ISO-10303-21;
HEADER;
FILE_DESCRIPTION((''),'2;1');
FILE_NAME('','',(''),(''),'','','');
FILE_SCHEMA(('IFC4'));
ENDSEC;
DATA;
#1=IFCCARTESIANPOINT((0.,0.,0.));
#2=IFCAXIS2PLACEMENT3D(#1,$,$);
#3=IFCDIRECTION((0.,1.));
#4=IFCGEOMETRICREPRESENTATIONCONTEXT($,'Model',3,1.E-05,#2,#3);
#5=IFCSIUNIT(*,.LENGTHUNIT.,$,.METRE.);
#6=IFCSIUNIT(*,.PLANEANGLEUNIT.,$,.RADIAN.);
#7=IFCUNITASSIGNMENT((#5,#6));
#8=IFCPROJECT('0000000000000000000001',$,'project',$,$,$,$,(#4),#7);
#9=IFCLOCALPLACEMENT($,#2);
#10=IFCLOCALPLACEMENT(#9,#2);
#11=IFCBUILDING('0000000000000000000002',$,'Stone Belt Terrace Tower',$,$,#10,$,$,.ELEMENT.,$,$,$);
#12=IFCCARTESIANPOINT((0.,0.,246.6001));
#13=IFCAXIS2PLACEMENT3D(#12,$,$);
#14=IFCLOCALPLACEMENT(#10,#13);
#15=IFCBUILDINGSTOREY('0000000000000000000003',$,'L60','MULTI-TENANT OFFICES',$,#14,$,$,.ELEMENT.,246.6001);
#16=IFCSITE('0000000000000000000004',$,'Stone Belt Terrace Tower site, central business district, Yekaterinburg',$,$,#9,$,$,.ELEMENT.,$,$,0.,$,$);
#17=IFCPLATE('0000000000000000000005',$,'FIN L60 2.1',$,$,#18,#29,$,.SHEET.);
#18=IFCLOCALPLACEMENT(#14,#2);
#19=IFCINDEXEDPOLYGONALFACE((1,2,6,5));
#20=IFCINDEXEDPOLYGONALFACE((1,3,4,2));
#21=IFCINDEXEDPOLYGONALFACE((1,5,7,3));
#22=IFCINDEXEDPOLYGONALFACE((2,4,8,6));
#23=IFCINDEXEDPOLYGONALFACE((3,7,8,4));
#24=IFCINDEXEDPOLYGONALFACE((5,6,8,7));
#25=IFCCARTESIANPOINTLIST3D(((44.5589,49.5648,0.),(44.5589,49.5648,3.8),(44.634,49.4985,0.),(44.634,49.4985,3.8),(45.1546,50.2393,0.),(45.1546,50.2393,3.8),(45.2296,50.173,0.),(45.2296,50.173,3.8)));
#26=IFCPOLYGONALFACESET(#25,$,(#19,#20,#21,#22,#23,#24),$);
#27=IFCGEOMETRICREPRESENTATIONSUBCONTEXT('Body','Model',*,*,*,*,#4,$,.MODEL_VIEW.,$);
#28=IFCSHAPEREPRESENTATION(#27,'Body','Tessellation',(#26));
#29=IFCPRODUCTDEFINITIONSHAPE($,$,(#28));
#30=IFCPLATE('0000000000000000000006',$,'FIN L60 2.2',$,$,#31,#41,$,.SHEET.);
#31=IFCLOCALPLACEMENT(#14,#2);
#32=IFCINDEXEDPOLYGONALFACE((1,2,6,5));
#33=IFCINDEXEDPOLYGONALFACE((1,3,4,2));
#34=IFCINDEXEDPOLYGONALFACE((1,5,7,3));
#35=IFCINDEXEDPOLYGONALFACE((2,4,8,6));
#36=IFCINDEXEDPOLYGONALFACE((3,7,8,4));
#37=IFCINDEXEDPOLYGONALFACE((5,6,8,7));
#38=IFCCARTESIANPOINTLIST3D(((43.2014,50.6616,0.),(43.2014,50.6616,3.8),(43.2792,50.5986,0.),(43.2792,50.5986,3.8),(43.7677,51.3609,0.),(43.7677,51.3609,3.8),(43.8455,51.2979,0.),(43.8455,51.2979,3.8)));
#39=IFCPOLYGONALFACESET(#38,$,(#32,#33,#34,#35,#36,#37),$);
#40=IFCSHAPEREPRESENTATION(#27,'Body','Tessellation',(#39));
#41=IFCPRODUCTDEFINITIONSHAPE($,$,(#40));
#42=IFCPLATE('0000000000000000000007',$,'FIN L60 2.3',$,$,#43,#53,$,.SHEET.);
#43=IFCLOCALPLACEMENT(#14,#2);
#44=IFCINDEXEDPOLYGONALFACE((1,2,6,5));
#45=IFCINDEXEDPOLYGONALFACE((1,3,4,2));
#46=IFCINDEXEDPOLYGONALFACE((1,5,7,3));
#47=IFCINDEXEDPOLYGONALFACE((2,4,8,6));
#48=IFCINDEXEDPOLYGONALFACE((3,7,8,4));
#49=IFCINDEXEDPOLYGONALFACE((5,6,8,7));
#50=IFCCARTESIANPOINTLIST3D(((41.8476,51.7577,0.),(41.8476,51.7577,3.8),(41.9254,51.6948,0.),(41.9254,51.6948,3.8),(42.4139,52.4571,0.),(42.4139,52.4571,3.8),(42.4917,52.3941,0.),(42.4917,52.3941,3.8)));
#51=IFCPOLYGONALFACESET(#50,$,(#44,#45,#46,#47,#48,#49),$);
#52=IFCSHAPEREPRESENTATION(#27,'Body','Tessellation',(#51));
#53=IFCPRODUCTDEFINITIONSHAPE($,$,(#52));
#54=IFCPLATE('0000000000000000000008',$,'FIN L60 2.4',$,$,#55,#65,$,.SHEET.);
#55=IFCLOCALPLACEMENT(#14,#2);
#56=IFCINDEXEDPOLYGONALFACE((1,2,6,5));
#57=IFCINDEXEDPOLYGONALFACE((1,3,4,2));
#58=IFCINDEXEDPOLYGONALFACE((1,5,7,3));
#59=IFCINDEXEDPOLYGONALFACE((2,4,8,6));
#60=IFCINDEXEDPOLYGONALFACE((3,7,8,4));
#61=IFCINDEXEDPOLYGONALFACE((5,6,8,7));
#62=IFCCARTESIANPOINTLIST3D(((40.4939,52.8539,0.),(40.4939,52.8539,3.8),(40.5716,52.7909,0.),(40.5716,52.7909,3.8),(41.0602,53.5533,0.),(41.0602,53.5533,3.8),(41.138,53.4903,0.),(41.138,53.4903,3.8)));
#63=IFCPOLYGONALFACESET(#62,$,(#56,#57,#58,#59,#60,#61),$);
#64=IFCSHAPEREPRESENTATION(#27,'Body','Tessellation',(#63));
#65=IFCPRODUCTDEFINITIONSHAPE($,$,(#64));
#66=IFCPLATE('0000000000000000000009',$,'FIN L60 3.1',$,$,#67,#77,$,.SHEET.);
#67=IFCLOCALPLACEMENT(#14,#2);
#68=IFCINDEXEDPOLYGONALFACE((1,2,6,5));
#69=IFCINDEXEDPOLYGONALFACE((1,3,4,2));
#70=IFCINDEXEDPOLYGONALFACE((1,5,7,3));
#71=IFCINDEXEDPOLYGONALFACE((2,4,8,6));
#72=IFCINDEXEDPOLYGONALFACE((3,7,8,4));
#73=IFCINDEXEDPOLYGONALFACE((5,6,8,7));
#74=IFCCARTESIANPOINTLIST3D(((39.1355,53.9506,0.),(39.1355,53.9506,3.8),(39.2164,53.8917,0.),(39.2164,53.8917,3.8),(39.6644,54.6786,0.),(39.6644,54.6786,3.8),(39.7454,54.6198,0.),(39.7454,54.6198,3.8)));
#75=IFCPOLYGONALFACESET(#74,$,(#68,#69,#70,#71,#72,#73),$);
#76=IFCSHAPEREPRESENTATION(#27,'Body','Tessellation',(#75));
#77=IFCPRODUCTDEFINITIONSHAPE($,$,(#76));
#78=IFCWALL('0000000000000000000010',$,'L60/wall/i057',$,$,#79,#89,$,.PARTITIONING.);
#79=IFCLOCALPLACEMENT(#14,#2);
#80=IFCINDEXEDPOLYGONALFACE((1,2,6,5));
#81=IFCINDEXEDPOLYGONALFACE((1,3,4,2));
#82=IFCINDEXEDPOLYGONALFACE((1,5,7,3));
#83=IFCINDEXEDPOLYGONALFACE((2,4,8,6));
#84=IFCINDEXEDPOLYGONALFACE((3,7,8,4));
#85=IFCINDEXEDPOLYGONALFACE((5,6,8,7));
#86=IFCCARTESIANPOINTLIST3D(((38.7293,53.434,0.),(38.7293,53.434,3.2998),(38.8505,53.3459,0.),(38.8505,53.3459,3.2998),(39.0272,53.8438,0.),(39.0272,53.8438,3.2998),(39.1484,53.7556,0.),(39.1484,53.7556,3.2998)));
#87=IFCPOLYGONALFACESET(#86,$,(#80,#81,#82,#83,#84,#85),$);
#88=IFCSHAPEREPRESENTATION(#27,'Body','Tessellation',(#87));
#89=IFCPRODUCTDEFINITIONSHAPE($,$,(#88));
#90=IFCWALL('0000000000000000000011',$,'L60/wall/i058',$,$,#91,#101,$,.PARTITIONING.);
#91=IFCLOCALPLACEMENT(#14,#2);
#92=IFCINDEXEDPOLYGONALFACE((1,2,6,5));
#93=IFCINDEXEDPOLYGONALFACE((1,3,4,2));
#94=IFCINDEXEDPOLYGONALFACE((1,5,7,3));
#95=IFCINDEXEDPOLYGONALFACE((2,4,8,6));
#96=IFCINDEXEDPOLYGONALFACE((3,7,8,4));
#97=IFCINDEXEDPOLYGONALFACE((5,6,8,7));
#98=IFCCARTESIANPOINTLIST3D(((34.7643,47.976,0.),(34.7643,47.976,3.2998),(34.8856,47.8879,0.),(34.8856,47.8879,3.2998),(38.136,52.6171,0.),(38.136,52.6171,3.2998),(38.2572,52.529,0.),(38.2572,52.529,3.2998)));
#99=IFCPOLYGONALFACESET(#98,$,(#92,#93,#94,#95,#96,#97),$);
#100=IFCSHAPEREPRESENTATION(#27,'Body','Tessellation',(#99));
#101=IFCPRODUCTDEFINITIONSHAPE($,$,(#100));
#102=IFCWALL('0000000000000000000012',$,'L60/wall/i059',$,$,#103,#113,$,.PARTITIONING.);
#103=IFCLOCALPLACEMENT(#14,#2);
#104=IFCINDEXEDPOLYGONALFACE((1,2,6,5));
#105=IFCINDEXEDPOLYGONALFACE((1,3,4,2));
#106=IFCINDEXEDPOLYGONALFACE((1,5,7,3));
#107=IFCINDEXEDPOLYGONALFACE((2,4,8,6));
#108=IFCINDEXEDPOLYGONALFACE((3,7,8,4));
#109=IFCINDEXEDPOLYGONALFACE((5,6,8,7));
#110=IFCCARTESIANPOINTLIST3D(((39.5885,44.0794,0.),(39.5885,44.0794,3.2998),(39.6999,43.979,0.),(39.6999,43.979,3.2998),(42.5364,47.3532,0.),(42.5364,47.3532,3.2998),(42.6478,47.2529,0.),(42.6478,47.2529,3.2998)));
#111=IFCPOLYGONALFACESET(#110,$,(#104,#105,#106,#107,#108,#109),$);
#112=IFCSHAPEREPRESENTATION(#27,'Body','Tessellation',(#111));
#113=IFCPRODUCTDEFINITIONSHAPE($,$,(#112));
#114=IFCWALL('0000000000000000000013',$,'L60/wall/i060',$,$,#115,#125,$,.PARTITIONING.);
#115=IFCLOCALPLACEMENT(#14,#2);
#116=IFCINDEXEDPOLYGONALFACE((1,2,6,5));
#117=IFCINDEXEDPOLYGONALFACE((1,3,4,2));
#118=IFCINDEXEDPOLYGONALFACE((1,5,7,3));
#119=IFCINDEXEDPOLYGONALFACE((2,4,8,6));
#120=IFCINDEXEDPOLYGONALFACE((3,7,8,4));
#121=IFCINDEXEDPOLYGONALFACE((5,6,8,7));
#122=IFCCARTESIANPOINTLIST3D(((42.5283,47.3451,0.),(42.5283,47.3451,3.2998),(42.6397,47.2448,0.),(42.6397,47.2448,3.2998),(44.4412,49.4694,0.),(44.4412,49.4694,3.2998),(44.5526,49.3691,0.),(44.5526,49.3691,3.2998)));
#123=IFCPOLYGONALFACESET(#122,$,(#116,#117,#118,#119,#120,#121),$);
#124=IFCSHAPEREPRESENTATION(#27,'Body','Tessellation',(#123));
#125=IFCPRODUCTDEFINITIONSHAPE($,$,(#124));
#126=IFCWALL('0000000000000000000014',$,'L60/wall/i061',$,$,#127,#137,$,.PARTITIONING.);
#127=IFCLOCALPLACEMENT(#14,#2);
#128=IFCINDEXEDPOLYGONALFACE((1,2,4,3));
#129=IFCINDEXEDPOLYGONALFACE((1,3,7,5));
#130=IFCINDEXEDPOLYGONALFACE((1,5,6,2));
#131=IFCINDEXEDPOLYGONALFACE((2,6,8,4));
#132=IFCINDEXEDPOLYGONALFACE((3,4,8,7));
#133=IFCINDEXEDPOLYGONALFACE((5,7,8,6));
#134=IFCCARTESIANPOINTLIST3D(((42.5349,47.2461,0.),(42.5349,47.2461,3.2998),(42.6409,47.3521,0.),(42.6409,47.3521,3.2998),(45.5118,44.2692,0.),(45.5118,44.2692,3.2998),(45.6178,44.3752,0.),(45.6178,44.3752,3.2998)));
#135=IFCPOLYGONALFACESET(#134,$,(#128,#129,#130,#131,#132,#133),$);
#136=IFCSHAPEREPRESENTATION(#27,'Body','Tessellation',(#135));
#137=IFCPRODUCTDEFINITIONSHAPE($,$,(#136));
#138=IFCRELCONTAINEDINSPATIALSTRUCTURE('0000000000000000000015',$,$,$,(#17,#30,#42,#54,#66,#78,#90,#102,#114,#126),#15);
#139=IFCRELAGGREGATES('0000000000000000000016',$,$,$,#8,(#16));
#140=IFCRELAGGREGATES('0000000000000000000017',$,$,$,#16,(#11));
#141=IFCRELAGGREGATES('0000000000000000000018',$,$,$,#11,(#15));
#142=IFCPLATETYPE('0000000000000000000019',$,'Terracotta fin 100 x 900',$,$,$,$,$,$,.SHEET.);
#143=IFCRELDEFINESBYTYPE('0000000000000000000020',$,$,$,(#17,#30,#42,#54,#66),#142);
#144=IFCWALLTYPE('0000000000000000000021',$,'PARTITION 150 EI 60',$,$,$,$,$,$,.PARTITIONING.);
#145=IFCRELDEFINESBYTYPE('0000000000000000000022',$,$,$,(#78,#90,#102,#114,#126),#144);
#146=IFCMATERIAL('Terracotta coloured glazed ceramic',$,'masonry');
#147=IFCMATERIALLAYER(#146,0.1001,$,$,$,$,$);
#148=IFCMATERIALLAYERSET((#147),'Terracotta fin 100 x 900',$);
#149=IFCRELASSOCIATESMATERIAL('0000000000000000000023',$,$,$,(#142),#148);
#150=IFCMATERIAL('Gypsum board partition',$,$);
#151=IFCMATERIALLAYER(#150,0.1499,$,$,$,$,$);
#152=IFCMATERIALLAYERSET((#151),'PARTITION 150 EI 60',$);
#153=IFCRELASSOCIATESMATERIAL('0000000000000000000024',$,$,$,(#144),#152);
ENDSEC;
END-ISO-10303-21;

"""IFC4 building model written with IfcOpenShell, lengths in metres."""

from ifc_helpers import new_model, si_unit, direction, frame, frame_2d, origin, origin_2d, place, context, subcontext, project, spatial, rectangle, extrude, material, layer, layer_set, type_object, element, save


model = new_model("IFC4")

# Units and contexts
model_context = context("Model", 3, precision=1e-05, world=origin(), true_north=direction((0.0, 1.0)))
body_context = subcontext(model_context, "Body", "Model", "MODEL_VIEW")
ifc_project = project(units=[si_unit("LENGTHUNIT", "METRE"), si_unit("PLANEANGLEUNIT", "RADIAN")], contexts=[model_context])

# Site, building, storey
site_placement = place(None, origin())
site = spatial("IfcSite", under=ifc_project, at=site_placement, Name="Stone Belt Terrace Tower site, central business district, Yekaterinburg", CompositionType="ELEMENT", RefElevation=0.0)
building_placement = place(site_placement, origin())
building = spatial("IfcBuilding", under=site, at=building_placement, Name="Stone Belt Terrace Tower", CompositionType="ELEMENT")
storey_placement = place(building_placement, frame((0.0, 0.0, 246.6001)))
storey = spatial("IfcBuildingStorey", under=building, at=storey_placement, Name="L60", Description="MULTI-TENANT OFFICES", CompositionType="ELEMENT", Elevation=246.6001)

# Plates
ifc_material_1 = material(Name="Terracotta coloured glazed ceramic", Category="masonry")
ifc_layer_1 = layer(ifc_material_1, 0.1001)
ifc_layer_set_1 = layer_set([ifc_layer_1], Name="Terracotta fin 100 x 900")
plate_type_1 = type_object("IfcPlateType", Name="Terracotta fin 100 x 900", PredefinedType="SHEET", material=ifc_layer_set_1)
for number, where, z_axis, x_axis, name in (
    (1, (44.8943, 49.8689, 0.0), (0.0, 0.0, 1.0), (0.661937, 0.749559, 0.0), "FIN L60 2.1"),
    (2, (43.5234, 50.9797, 0.0), (0.0, 0.0, 1.0), (0.62932, 0.777146, 0.0), "FIN L60 2.2"),
    (3, (42.1697, 52.0759, 0.0), (0.0, 0.0, 1.0), (0.62932, 0.777146, 0.0), "FIN L60 2.3"),
    (4, (40.8159, 53.1721, 0.0), (0.0, 0.0, 1.0), (0.62932, 0.777146, 0.0), "FIN L60 2.4"),
    (5, (39.4404, 54.2852, 0.0), (0.0, 0.0, 1.0), (0.587785, 0.809017, 0.0), "FIN L60 3.1"),
):
    element("IfcPlate", number, at=place(storey_placement, frame(where, z_axis=z_axis, x_axis=x_axis)), inside=storey, type_object=plate_type_1, Name=name, PredefinedType="SHEET", context=body_context, shape_type="SweptSolid", body=[
        extrude(rectangle(XDim=0.8999, YDim=0.1001, at=origin_2d()), origin(), (0.0, 0.0, 1.0), 3.8),
    ])

# Walls
ifc_material_2 = material(Name="Gypsum board partition")
ifc_layer_2 = layer(ifc_material_2, 0.1499)
ifc_layer_set_2 = layer_set([ifc_layer_2], Name="PARTITION 150 EI 60")
wall_type = type_object("IfcWallType", Name="PARTITION 150 EI 60", PredefinedType="PARTITIONING", material=ifc_layer_set_2)
wall_1_placement = place(storey_placement, frame((39.0879, 53.7998, 0.0), z_axis=(0.0, 0.0, 1.0), x_axis=(-0.588057, -0.808819, 0.0)))
element("IfcWall", 6, at=wall_1_placement, inside=storey, type_object=wall_type, Name="L60/wall/i057", PredefinedType="PARTITIONING", context=body_context, shape_type="SweptSolid", body=[
    extrude(rectangle(XDim=0.5066, YDim=0.1499, at=frame_2d((0.2534, 0.0))), origin(), (0.0, 0.0, 1.0), 3.2998),
])
wall_2_placement = place(storey_placement, frame((38.1965, 52.573, 0.0), z_axis=(0.0, 0.0, 1.0), x_axis=(-0.587741, -0.809049, 0.0)))
element("IfcWall", 7, at=wall_2_placement, inside=storey, type_object=wall_type, Name="L60/wall/i058", PredefinedType="PARTITIONING", context=body_context, shape_type="SweptSolid", body=[
    extrude(rectangle(XDim=5.7366, YDim=0.1499, at=frame_2d((2.8682, 0.0))), origin(), (0.0, 0.0, 1.0), 3.2998),
])
wall_3_placement = place(storey_placement, frame((42.592, 47.303, 0.0), z_axis=(0.0, 0.0, 1.0), x_axis=(-0.669148, -0.743129, 0.0)))
element("IfcWall", 8, at=wall_3_placement, inside=storey, type_object=wall_type, Name="L60/wall/i059", PredefinedType="PARTITIONING", context=body_context, shape_type="SweptSolid", body=[
    extrude(rectangle(XDim=4.4055, YDim=0.1499, at=frame_2d((2.2026, 0.0))), origin(), (0.0, 0.0, 1.0), 3.2998),
])
wall_4_placement = place(storey_placement, frame((44.4968, 49.4192, 0.0), z_axis=(0.0, 0.0, 1.0), x_axis=(-0.669158, -0.74312, 0.0)))
element("IfcWall", 9, at=wall_4_placement, inside=storey, type_object=wall_type, Name="L60/wall/i060", PredefinedType="PARTITIONING", context=body_context, shape_type="SweptSolid", body=[
    extrude(rectangle(XDim=2.8586, YDim=0.1499, at=frame_2d((1.4292, 0.0))), origin(), (0.0, 0.0, 1.0), 3.2998),
])
wall_5_placement = place(storey_placement, frame((42.5879, 47.2991, 0.0), z_axis=(0.0, 0.0, 1.0), x_axis=(0.707107, -0.707107, 0.0)))
element("IfcWall", 10, at=wall_5_placement, inside=storey, type_object=wall_type, Name="L60/wall/i061", PredefinedType="PARTITIONING", context=body_context, shape_type="SweptSolid", body=[
    extrude(rectangle(XDim=4.21, YDim=0.1499, at=frame_2d((2.105, 0.0))), origin(), (0.0, 0.0, 1.0), 3.2998),
])

save(model, "model.ifc")
